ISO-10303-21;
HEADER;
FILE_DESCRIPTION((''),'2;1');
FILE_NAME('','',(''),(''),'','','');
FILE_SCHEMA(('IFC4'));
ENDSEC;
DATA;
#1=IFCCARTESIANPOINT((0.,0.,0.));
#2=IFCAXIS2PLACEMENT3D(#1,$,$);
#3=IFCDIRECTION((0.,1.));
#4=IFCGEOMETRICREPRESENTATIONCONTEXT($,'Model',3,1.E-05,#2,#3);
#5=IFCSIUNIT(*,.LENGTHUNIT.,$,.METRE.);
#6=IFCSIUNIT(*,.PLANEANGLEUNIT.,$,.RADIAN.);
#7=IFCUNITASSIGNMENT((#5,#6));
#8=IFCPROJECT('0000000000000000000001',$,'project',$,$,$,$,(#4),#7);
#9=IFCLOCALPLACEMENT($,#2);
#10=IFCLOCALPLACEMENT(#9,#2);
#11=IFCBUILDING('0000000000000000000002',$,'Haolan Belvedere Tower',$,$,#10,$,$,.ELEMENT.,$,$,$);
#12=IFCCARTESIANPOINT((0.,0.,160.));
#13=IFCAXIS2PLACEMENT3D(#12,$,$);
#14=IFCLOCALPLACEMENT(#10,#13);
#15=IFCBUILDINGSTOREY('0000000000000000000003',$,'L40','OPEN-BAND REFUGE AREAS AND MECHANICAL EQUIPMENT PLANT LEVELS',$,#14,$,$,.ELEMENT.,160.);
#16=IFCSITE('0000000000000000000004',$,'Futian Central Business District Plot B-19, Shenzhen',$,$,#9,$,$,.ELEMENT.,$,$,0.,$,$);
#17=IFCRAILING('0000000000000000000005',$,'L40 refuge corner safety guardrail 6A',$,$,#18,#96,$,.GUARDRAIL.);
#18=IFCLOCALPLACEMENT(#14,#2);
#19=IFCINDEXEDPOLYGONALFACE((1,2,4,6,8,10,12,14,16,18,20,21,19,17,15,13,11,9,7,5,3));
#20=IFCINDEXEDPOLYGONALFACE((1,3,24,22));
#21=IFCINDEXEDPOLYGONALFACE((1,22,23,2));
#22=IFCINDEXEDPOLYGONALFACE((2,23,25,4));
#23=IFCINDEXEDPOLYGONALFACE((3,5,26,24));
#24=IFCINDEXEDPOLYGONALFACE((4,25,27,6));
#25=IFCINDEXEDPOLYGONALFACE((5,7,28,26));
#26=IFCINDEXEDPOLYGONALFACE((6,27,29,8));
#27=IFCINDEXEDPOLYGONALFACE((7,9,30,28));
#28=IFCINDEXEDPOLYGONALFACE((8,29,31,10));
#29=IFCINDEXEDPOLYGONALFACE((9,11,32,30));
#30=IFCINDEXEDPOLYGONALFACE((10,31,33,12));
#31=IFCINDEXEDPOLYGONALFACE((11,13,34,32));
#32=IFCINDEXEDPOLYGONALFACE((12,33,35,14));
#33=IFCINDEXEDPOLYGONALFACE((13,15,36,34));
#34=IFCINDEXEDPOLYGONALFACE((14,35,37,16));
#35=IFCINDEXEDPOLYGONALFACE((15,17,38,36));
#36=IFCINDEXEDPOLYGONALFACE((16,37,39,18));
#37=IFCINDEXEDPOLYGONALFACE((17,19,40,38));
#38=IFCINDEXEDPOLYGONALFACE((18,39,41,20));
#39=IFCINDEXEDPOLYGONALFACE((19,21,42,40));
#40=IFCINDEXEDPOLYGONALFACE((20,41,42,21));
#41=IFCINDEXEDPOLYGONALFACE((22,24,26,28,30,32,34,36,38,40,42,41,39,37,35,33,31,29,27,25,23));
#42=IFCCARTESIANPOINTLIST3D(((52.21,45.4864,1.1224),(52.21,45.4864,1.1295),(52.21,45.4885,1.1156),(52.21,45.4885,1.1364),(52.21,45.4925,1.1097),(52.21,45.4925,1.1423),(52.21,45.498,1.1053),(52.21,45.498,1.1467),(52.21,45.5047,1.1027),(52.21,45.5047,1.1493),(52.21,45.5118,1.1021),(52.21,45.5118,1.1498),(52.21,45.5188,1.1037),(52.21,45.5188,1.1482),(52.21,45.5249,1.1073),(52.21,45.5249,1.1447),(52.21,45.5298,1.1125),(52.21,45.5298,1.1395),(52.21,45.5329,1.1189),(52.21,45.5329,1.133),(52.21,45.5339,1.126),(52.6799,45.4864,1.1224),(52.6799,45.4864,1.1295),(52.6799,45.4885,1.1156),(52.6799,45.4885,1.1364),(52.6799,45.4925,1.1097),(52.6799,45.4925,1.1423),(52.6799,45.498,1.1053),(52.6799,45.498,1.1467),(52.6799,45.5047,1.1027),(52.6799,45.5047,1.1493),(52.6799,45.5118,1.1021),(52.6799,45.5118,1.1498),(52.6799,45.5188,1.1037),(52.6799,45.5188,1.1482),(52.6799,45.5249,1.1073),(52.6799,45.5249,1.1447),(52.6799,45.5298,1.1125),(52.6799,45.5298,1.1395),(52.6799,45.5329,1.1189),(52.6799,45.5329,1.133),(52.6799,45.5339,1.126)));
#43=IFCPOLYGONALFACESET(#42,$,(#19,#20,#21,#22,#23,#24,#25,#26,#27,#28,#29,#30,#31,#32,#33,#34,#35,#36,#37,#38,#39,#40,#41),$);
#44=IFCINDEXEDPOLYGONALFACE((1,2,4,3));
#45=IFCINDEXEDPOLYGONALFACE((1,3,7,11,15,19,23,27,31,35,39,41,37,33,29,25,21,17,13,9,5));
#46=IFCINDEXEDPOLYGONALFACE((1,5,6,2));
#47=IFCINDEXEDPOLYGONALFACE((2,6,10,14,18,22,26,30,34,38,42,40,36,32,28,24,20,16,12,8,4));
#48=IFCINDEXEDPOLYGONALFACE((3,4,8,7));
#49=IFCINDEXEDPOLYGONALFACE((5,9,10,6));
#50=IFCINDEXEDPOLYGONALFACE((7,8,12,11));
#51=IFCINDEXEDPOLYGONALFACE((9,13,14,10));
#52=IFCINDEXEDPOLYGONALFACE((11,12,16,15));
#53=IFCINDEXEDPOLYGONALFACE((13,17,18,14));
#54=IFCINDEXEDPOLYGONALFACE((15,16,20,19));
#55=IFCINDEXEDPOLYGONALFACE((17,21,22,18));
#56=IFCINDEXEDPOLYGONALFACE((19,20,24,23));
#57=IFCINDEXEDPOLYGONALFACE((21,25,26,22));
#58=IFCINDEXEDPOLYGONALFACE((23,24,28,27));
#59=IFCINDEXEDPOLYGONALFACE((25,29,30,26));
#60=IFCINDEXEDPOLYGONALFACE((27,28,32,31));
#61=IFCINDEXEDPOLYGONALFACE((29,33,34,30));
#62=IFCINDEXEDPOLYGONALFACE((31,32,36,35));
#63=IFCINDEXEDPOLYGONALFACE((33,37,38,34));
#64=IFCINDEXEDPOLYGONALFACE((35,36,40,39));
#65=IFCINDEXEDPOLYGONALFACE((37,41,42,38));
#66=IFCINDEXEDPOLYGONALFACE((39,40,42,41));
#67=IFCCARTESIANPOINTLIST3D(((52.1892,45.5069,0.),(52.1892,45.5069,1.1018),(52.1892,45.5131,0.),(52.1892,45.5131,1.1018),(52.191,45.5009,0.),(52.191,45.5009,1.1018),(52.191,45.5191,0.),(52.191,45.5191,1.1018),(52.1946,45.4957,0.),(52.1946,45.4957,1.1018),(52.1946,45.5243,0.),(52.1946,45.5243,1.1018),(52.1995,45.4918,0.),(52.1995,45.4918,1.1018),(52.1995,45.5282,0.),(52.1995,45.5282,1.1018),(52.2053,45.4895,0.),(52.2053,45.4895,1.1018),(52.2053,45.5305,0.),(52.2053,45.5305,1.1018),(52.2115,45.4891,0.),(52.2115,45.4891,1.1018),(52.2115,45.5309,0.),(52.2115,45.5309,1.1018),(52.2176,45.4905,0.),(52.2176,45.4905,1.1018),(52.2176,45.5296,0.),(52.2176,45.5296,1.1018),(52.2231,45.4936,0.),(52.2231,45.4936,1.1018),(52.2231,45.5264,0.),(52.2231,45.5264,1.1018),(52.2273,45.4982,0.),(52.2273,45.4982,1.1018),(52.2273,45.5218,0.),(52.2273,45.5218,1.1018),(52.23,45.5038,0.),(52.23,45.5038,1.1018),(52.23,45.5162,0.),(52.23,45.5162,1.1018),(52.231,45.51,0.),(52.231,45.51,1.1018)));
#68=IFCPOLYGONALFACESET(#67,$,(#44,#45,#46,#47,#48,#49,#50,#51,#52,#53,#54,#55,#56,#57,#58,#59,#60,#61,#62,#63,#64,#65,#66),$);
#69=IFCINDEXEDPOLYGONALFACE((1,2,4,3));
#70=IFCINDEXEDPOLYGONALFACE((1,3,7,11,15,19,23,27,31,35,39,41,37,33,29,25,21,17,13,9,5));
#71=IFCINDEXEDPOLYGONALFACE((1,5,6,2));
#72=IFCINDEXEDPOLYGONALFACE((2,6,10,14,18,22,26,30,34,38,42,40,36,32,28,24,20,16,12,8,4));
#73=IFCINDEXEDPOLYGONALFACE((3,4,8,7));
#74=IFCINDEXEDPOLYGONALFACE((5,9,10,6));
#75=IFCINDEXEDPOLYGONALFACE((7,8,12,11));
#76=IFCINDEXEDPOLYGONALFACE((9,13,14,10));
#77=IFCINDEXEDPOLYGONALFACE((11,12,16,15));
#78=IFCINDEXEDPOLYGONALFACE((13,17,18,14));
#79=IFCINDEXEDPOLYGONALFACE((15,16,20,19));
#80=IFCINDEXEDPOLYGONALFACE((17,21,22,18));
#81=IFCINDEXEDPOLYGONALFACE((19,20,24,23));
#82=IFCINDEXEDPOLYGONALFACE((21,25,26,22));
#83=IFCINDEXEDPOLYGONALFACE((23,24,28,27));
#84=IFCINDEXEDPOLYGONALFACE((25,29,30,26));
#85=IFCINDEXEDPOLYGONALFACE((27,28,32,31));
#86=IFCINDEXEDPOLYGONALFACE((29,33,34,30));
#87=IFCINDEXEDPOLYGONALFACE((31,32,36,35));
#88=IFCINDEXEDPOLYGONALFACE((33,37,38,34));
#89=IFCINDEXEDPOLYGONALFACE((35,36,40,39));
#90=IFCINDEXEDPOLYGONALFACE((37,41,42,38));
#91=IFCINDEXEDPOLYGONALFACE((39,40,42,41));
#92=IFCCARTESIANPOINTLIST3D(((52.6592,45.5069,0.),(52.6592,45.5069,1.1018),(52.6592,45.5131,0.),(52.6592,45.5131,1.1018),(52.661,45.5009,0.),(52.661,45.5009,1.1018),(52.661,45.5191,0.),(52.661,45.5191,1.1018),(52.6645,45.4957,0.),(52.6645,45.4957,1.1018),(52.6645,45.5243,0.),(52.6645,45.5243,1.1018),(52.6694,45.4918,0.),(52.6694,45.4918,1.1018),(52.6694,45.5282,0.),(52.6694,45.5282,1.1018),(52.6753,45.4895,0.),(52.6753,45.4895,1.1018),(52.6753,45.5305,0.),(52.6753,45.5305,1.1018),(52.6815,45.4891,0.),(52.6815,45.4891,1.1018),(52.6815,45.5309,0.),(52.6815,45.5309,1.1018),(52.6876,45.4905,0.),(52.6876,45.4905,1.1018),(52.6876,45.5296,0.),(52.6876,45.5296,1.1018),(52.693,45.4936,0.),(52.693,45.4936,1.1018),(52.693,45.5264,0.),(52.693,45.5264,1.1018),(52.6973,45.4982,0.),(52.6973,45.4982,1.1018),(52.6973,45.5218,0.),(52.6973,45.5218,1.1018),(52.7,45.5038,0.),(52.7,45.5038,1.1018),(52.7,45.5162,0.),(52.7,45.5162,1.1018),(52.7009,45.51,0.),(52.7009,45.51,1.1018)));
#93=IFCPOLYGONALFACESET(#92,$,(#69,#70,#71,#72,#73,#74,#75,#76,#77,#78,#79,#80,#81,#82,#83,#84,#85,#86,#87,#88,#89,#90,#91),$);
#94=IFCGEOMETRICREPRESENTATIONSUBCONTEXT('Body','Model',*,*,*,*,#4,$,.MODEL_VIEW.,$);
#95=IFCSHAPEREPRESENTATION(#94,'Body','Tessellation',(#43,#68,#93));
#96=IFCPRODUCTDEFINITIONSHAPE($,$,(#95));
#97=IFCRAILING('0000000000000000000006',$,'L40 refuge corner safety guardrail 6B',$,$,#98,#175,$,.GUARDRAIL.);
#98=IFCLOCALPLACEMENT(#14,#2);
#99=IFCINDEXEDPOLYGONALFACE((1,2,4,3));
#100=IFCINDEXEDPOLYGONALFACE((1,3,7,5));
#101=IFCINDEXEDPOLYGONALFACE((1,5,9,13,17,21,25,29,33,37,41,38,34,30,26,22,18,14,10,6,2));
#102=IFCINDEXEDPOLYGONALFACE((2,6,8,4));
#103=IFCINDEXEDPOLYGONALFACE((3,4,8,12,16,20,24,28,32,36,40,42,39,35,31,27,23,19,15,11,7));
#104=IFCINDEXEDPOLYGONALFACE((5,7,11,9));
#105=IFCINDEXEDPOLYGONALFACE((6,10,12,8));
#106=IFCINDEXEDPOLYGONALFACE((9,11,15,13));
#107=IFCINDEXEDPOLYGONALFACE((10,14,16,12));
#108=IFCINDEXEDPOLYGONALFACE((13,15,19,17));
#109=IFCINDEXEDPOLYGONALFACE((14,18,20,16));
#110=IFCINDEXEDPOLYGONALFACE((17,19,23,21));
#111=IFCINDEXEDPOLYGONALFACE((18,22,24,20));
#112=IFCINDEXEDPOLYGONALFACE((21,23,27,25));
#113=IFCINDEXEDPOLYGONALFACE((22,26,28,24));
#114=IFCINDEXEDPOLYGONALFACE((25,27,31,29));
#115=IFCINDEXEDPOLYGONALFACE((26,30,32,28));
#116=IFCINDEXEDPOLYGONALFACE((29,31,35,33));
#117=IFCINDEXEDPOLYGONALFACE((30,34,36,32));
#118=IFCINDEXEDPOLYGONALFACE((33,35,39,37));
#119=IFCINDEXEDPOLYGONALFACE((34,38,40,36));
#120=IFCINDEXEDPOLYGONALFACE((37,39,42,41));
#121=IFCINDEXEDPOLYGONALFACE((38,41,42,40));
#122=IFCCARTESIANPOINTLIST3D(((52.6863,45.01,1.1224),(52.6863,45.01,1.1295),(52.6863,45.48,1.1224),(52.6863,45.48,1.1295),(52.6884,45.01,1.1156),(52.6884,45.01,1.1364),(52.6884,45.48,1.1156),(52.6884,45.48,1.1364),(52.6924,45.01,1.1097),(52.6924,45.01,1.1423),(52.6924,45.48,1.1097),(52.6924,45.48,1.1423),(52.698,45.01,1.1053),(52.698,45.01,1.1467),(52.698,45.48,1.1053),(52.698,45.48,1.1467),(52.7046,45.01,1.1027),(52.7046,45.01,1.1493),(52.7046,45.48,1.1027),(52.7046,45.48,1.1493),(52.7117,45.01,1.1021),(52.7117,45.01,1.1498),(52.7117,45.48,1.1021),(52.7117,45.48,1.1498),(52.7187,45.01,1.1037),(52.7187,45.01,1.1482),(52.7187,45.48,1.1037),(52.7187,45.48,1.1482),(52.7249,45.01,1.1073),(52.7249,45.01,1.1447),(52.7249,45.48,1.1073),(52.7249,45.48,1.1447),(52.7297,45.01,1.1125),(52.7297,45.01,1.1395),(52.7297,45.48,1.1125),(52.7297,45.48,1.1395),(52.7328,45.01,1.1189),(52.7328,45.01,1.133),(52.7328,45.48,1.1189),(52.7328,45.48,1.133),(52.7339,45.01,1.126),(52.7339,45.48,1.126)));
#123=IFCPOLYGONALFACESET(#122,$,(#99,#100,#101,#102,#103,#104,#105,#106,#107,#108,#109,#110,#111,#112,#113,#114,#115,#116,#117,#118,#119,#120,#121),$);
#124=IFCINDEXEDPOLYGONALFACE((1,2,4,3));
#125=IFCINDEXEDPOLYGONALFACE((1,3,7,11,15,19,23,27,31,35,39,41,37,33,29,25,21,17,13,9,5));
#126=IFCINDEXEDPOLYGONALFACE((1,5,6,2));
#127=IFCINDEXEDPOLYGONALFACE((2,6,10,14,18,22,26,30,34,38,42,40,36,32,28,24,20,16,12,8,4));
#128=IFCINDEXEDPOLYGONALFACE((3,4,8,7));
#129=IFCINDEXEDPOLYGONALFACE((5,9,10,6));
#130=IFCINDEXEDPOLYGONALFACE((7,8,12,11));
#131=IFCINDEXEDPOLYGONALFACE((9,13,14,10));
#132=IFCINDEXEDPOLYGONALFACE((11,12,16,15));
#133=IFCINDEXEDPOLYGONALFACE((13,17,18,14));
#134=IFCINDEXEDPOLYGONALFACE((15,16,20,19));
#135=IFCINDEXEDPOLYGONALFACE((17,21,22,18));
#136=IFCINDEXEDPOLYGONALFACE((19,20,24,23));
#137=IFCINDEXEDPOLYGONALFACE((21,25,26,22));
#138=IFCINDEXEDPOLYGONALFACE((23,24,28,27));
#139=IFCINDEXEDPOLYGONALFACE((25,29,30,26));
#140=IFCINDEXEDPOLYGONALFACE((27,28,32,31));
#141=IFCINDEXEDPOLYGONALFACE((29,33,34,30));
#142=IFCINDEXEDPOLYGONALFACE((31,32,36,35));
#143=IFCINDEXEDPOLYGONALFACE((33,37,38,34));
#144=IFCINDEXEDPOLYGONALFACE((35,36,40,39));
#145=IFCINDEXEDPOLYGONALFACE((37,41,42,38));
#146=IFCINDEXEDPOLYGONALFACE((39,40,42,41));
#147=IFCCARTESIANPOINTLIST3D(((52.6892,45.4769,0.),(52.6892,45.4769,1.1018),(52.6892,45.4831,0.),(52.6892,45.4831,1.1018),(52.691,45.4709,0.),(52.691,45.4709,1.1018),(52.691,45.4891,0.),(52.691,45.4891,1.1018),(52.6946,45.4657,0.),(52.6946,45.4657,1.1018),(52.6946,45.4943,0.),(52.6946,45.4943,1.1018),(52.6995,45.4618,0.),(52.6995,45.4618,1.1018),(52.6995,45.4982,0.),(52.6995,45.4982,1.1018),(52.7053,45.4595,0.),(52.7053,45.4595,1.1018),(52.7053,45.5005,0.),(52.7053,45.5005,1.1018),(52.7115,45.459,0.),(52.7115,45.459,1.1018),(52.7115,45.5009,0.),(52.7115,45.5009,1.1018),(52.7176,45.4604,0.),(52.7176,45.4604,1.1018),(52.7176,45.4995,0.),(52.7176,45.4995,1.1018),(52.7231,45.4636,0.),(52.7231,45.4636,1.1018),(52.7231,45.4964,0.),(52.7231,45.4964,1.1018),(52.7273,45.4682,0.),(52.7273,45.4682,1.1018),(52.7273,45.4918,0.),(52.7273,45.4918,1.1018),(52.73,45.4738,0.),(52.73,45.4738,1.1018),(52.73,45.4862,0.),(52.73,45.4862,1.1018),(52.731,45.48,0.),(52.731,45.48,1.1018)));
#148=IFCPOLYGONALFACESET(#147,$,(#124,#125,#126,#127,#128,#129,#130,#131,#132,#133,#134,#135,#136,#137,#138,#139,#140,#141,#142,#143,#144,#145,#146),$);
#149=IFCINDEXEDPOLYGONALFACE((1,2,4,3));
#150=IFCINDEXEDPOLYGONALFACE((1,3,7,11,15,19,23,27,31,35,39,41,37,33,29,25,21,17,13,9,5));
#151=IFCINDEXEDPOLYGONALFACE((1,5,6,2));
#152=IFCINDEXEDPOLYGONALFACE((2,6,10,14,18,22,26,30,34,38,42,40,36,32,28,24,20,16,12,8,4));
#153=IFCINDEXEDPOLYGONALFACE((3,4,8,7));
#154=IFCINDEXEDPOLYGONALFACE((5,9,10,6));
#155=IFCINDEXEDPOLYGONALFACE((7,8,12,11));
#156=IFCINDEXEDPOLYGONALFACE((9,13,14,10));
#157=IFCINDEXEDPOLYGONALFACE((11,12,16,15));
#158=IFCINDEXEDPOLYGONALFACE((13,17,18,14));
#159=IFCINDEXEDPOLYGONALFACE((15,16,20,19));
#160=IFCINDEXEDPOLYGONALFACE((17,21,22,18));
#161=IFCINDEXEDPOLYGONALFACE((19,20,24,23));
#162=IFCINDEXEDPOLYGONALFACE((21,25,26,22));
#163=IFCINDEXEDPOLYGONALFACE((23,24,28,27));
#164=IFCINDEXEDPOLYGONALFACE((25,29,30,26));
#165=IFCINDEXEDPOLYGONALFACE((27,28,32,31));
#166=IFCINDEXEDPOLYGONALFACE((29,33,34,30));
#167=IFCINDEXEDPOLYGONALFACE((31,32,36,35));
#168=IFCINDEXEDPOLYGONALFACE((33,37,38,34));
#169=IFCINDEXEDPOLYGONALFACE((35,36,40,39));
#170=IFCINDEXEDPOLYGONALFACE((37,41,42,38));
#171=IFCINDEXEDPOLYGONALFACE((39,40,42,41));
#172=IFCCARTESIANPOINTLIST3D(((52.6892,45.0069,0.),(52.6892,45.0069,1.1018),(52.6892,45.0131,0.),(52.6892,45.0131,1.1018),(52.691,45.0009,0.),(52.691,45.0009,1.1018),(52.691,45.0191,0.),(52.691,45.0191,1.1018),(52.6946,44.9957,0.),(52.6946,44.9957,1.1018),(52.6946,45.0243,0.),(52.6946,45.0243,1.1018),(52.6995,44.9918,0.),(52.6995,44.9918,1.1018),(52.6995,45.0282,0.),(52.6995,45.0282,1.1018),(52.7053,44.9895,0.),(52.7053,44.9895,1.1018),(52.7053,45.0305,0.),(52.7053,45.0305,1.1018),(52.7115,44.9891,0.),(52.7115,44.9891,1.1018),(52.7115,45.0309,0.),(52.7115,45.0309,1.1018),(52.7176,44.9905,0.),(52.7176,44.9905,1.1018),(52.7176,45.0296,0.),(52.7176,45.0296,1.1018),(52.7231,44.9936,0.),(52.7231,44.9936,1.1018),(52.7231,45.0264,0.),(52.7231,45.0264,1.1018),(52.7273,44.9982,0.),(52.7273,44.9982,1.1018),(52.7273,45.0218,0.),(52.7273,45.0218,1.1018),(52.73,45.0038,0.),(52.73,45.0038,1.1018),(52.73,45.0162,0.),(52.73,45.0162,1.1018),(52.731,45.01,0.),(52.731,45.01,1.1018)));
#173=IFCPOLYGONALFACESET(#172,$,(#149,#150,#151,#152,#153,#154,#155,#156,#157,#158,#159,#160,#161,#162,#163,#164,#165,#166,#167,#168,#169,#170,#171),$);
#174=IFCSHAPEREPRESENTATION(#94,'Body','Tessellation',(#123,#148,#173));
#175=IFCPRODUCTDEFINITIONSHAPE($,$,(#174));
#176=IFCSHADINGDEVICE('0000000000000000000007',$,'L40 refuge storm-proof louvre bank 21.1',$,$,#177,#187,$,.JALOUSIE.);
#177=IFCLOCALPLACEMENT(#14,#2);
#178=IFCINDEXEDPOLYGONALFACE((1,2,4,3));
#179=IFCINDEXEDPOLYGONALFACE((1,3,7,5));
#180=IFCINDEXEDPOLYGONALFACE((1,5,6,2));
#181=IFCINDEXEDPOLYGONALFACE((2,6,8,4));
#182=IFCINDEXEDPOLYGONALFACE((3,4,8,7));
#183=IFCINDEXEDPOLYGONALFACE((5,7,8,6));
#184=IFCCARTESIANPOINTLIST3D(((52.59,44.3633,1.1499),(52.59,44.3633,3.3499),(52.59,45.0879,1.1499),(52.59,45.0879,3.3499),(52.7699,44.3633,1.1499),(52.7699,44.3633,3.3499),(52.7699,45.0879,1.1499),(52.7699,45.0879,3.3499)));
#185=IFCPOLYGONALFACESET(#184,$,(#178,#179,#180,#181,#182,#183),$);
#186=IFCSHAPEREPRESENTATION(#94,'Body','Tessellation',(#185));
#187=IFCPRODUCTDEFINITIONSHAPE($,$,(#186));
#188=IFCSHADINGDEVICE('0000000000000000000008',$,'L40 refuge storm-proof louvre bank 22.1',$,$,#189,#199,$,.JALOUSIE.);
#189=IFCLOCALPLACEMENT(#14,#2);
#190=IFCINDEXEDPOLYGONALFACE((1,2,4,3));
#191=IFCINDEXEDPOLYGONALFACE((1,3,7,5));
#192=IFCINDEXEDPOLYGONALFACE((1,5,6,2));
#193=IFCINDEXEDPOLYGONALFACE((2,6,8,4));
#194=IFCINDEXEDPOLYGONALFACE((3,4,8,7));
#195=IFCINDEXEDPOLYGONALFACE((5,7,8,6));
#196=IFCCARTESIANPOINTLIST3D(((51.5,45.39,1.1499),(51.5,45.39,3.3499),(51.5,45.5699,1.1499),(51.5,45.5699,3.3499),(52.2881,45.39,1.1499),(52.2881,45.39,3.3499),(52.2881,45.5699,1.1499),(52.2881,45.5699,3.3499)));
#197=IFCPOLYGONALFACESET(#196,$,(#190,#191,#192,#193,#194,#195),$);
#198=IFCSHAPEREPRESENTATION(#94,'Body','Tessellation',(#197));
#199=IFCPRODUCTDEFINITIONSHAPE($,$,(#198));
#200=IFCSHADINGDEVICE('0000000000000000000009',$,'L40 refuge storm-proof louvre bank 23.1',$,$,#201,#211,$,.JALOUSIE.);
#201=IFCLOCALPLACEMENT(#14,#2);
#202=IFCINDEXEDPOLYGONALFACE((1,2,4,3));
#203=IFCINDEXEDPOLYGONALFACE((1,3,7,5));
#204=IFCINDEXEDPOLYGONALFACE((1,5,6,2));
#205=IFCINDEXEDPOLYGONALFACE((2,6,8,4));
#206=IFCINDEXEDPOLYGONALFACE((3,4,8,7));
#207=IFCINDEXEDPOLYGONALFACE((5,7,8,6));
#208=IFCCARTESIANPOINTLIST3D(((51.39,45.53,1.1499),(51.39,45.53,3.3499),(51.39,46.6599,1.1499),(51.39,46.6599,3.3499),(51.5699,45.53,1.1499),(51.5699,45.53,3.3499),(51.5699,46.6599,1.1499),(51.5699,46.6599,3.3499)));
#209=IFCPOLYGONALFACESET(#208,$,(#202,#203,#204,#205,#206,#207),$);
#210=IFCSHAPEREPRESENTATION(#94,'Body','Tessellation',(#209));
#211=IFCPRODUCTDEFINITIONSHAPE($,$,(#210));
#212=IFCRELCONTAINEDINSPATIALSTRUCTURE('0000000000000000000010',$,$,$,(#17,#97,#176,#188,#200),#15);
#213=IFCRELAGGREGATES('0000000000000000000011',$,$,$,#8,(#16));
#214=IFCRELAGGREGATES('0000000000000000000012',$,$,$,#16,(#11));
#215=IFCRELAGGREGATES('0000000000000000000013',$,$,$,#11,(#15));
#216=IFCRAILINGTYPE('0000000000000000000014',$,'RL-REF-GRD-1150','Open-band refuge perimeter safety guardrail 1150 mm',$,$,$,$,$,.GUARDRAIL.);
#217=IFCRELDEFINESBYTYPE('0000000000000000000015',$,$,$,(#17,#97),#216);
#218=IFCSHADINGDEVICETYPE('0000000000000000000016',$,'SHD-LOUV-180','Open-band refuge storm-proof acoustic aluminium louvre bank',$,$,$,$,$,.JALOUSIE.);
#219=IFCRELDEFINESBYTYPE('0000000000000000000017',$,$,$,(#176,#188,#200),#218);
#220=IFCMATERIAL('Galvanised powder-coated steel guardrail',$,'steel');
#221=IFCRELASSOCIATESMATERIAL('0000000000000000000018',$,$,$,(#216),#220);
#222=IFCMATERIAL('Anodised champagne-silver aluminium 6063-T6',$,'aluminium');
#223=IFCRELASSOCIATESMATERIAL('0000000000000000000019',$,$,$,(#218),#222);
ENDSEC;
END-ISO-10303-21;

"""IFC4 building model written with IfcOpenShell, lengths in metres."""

from ifc_helpers import new_model, si_unit, direction, frame, origin, origin_2d, place, context, subcontext, project, spatial, rectangle, circle, extrude, material, type_object, element, save


model = new_model("IFC4")

# Units and contexts
model_context = context("Model", 3, precision=1e-05, world=origin(), true_north=direction((0.0, 1.0)))
body_context = subcontext(model_context, "Body", "Model", "MODEL_VIEW")
ifc_project = project(units=[si_unit("LENGTHUNIT", "METRE"), si_unit("PLANEANGLEUNIT", "RADIAN")], contexts=[model_context])

# Site, building, storey
site_placement = place(None, origin())
site = spatial("IfcSite", under=ifc_project, at=site_placement, Name="Futian Central Business District Plot B-19, Shenzhen", CompositionType="ELEMENT", RefElevation=0.0)
building_placement = place(site_placement, origin())
building = spatial("IfcBuilding", under=site, at=building_placement, Name="Haolan Belvedere Tower", CompositionType="ELEMENT")
storey_placement = place(building_placement, frame((0.0, 0.0, 160.0)))
storey = spatial("IfcBuildingStorey", under=building, at=storey_placement, Name="L40", Description="OPEN-BAND REFUGE AREAS AND MECHANICAL EQUIPMENT PLANT LEVELS", CompositionType="ELEMENT", Elevation=160.0)

# Railings
ifc_material_1 = material(Name="Galvanised powder-coated steel guardrail", Category="steel")
railing_type = type_object("IfcRailingType", Name="RL-REF-GRD-1150", Description="Open-band refuge perimeter safety guardrail 1150 mm", PredefinedType="GUARDRAIL", material=ifc_material_1)
railing_1_placement = place(storey_placement, frame((52.21, 45.51, 0.0)))
element("IfcRailing", 1, at=railing_1_placement, inside=storey, type_object=railing_type, Name="L40 refuge corner safety guardrail 6A", PredefinedType="GUARDRAIL", context=body_context, shape_type="SweptSolid", body=[
    extrude(circle(Radius=0.0239, at=origin_2d()), frame((0.0, 0.0, 1.126), z_axis=(1.0, 0.0, 0.0), x_axis=(0.0, 1.0, 0.0)), (0.0, 0.0, 1.0), 0.47),
    extrude(circle(Radius=0.021, at=origin_2d()), origin(), (0.0, 0.0, 1.0), 1.1018),
    extrude(circle(Radius=0.021, at=origin_2d()), frame((0.47, 0.0, 0.0)), (0.0, 0.0, 1.0), 1.1018),
])
railing_2_placement = place(storey_placement, frame((52.71, 45.48, 0.0)))
element("IfcRailing", 2, at=railing_2_placement, inside=storey, type_object=railing_type, Name="L40 refuge corner safety guardrail 6B", PredefinedType="GUARDRAIL", context=body_context, shape_type="SweptSolid", body=[
    extrude(circle(Radius=0.0239, at=origin_2d()), frame((0.0, 0.0, 1.126), z_axis=(0.0, -1.0, 0.0), x_axis=(1.0, 0.0, 0.0)), (0.0, 0.0, 1.0), 0.47),
    extrude(circle(Radius=0.021, at=origin_2d()), origin(), (0.0, 0.0, 1.0), 1.1018),
    extrude(circle(Radius=0.021, at=origin_2d()), frame((0.0, -0.47, 0.0)), (0.0, 0.0, 1.0), 1.1018),
])

# Shading devices
ifc_material_2 = material(Name="Anodised champagne-silver aluminium 6063-T6", Category="aluminium")
shading_device_type = type_object("IfcShadingDeviceType", Name="SHD-LOUV-180", Description="Open-band refuge storm-proof acoustic aluminium louvre bank", PredefinedType="JALOUSIE", material=ifc_material_2)
shading_device_1_placement = place(storey_placement, frame((52.6799, 44.7256, 1.1499), z_axis=(0.0, 0.0, 1.0), x_axis=(0.0, 1.0, 0.0)))
element("IfcShadingDevice", 3, at=shading_device_1_placement, inside=storey, type_object=shading_device_type, Name="L40 refuge storm-proof louvre bank 21.1", PredefinedType="JALOUSIE", context=body_context, shape_type="SweptSolid", body=[
    extrude(rectangle(XDim=0.7246, YDim=0.1799, at=origin_2d()), origin(), (0.0, 0.0, 1.0), 2.2),
])
shading_device_2_placement = place(storey_placement, frame((51.894, 45.48, 1.1499), z_axis=(0.0, 0.0, 1.0), x_axis=(-1.0, 0.0, 0.0)))
element("IfcShadingDevice", 4, at=shading_device_2_placement, inside=storey, type_object=shading_device_type, Name="L40 refuge storm-proof louvre bank 22.1", PredefinedType="JALOUSIE", context=body_context, shape_type="SweptSolid", body=[
    extrude(rectangle(XDim=0.7881, YDim=0.1799, at=origin_2d()), origin(), (0.0, 0.0, 1.0), 2.2),
])
for number, where, z_axis, x_axis, name in (
    (5, (51.48, 46.095, 1.1499), (0.0, 0.0, 1.0), (0.0, 1.0, 0.0), "L40 refuge storm-proof louvre bank 23.1"),
):
    element("IfcShadingDevice", number, at=place(storey_placement, frame(where, z_axis=z_axis, x_axis=x_axis)), inside=storey, type_object=shading_device_type, Name=name, PredefinedType="JALOUSIE", context=body_context, shape_type="SweptSolid", body=[
        extrude(rectangle(XDim=1.1299, YDim=0.1799, at=origin_2d()), origin(), (0.0, 0.0, 1.0), 2.2),
    ])

save(model, "model.ifc")
